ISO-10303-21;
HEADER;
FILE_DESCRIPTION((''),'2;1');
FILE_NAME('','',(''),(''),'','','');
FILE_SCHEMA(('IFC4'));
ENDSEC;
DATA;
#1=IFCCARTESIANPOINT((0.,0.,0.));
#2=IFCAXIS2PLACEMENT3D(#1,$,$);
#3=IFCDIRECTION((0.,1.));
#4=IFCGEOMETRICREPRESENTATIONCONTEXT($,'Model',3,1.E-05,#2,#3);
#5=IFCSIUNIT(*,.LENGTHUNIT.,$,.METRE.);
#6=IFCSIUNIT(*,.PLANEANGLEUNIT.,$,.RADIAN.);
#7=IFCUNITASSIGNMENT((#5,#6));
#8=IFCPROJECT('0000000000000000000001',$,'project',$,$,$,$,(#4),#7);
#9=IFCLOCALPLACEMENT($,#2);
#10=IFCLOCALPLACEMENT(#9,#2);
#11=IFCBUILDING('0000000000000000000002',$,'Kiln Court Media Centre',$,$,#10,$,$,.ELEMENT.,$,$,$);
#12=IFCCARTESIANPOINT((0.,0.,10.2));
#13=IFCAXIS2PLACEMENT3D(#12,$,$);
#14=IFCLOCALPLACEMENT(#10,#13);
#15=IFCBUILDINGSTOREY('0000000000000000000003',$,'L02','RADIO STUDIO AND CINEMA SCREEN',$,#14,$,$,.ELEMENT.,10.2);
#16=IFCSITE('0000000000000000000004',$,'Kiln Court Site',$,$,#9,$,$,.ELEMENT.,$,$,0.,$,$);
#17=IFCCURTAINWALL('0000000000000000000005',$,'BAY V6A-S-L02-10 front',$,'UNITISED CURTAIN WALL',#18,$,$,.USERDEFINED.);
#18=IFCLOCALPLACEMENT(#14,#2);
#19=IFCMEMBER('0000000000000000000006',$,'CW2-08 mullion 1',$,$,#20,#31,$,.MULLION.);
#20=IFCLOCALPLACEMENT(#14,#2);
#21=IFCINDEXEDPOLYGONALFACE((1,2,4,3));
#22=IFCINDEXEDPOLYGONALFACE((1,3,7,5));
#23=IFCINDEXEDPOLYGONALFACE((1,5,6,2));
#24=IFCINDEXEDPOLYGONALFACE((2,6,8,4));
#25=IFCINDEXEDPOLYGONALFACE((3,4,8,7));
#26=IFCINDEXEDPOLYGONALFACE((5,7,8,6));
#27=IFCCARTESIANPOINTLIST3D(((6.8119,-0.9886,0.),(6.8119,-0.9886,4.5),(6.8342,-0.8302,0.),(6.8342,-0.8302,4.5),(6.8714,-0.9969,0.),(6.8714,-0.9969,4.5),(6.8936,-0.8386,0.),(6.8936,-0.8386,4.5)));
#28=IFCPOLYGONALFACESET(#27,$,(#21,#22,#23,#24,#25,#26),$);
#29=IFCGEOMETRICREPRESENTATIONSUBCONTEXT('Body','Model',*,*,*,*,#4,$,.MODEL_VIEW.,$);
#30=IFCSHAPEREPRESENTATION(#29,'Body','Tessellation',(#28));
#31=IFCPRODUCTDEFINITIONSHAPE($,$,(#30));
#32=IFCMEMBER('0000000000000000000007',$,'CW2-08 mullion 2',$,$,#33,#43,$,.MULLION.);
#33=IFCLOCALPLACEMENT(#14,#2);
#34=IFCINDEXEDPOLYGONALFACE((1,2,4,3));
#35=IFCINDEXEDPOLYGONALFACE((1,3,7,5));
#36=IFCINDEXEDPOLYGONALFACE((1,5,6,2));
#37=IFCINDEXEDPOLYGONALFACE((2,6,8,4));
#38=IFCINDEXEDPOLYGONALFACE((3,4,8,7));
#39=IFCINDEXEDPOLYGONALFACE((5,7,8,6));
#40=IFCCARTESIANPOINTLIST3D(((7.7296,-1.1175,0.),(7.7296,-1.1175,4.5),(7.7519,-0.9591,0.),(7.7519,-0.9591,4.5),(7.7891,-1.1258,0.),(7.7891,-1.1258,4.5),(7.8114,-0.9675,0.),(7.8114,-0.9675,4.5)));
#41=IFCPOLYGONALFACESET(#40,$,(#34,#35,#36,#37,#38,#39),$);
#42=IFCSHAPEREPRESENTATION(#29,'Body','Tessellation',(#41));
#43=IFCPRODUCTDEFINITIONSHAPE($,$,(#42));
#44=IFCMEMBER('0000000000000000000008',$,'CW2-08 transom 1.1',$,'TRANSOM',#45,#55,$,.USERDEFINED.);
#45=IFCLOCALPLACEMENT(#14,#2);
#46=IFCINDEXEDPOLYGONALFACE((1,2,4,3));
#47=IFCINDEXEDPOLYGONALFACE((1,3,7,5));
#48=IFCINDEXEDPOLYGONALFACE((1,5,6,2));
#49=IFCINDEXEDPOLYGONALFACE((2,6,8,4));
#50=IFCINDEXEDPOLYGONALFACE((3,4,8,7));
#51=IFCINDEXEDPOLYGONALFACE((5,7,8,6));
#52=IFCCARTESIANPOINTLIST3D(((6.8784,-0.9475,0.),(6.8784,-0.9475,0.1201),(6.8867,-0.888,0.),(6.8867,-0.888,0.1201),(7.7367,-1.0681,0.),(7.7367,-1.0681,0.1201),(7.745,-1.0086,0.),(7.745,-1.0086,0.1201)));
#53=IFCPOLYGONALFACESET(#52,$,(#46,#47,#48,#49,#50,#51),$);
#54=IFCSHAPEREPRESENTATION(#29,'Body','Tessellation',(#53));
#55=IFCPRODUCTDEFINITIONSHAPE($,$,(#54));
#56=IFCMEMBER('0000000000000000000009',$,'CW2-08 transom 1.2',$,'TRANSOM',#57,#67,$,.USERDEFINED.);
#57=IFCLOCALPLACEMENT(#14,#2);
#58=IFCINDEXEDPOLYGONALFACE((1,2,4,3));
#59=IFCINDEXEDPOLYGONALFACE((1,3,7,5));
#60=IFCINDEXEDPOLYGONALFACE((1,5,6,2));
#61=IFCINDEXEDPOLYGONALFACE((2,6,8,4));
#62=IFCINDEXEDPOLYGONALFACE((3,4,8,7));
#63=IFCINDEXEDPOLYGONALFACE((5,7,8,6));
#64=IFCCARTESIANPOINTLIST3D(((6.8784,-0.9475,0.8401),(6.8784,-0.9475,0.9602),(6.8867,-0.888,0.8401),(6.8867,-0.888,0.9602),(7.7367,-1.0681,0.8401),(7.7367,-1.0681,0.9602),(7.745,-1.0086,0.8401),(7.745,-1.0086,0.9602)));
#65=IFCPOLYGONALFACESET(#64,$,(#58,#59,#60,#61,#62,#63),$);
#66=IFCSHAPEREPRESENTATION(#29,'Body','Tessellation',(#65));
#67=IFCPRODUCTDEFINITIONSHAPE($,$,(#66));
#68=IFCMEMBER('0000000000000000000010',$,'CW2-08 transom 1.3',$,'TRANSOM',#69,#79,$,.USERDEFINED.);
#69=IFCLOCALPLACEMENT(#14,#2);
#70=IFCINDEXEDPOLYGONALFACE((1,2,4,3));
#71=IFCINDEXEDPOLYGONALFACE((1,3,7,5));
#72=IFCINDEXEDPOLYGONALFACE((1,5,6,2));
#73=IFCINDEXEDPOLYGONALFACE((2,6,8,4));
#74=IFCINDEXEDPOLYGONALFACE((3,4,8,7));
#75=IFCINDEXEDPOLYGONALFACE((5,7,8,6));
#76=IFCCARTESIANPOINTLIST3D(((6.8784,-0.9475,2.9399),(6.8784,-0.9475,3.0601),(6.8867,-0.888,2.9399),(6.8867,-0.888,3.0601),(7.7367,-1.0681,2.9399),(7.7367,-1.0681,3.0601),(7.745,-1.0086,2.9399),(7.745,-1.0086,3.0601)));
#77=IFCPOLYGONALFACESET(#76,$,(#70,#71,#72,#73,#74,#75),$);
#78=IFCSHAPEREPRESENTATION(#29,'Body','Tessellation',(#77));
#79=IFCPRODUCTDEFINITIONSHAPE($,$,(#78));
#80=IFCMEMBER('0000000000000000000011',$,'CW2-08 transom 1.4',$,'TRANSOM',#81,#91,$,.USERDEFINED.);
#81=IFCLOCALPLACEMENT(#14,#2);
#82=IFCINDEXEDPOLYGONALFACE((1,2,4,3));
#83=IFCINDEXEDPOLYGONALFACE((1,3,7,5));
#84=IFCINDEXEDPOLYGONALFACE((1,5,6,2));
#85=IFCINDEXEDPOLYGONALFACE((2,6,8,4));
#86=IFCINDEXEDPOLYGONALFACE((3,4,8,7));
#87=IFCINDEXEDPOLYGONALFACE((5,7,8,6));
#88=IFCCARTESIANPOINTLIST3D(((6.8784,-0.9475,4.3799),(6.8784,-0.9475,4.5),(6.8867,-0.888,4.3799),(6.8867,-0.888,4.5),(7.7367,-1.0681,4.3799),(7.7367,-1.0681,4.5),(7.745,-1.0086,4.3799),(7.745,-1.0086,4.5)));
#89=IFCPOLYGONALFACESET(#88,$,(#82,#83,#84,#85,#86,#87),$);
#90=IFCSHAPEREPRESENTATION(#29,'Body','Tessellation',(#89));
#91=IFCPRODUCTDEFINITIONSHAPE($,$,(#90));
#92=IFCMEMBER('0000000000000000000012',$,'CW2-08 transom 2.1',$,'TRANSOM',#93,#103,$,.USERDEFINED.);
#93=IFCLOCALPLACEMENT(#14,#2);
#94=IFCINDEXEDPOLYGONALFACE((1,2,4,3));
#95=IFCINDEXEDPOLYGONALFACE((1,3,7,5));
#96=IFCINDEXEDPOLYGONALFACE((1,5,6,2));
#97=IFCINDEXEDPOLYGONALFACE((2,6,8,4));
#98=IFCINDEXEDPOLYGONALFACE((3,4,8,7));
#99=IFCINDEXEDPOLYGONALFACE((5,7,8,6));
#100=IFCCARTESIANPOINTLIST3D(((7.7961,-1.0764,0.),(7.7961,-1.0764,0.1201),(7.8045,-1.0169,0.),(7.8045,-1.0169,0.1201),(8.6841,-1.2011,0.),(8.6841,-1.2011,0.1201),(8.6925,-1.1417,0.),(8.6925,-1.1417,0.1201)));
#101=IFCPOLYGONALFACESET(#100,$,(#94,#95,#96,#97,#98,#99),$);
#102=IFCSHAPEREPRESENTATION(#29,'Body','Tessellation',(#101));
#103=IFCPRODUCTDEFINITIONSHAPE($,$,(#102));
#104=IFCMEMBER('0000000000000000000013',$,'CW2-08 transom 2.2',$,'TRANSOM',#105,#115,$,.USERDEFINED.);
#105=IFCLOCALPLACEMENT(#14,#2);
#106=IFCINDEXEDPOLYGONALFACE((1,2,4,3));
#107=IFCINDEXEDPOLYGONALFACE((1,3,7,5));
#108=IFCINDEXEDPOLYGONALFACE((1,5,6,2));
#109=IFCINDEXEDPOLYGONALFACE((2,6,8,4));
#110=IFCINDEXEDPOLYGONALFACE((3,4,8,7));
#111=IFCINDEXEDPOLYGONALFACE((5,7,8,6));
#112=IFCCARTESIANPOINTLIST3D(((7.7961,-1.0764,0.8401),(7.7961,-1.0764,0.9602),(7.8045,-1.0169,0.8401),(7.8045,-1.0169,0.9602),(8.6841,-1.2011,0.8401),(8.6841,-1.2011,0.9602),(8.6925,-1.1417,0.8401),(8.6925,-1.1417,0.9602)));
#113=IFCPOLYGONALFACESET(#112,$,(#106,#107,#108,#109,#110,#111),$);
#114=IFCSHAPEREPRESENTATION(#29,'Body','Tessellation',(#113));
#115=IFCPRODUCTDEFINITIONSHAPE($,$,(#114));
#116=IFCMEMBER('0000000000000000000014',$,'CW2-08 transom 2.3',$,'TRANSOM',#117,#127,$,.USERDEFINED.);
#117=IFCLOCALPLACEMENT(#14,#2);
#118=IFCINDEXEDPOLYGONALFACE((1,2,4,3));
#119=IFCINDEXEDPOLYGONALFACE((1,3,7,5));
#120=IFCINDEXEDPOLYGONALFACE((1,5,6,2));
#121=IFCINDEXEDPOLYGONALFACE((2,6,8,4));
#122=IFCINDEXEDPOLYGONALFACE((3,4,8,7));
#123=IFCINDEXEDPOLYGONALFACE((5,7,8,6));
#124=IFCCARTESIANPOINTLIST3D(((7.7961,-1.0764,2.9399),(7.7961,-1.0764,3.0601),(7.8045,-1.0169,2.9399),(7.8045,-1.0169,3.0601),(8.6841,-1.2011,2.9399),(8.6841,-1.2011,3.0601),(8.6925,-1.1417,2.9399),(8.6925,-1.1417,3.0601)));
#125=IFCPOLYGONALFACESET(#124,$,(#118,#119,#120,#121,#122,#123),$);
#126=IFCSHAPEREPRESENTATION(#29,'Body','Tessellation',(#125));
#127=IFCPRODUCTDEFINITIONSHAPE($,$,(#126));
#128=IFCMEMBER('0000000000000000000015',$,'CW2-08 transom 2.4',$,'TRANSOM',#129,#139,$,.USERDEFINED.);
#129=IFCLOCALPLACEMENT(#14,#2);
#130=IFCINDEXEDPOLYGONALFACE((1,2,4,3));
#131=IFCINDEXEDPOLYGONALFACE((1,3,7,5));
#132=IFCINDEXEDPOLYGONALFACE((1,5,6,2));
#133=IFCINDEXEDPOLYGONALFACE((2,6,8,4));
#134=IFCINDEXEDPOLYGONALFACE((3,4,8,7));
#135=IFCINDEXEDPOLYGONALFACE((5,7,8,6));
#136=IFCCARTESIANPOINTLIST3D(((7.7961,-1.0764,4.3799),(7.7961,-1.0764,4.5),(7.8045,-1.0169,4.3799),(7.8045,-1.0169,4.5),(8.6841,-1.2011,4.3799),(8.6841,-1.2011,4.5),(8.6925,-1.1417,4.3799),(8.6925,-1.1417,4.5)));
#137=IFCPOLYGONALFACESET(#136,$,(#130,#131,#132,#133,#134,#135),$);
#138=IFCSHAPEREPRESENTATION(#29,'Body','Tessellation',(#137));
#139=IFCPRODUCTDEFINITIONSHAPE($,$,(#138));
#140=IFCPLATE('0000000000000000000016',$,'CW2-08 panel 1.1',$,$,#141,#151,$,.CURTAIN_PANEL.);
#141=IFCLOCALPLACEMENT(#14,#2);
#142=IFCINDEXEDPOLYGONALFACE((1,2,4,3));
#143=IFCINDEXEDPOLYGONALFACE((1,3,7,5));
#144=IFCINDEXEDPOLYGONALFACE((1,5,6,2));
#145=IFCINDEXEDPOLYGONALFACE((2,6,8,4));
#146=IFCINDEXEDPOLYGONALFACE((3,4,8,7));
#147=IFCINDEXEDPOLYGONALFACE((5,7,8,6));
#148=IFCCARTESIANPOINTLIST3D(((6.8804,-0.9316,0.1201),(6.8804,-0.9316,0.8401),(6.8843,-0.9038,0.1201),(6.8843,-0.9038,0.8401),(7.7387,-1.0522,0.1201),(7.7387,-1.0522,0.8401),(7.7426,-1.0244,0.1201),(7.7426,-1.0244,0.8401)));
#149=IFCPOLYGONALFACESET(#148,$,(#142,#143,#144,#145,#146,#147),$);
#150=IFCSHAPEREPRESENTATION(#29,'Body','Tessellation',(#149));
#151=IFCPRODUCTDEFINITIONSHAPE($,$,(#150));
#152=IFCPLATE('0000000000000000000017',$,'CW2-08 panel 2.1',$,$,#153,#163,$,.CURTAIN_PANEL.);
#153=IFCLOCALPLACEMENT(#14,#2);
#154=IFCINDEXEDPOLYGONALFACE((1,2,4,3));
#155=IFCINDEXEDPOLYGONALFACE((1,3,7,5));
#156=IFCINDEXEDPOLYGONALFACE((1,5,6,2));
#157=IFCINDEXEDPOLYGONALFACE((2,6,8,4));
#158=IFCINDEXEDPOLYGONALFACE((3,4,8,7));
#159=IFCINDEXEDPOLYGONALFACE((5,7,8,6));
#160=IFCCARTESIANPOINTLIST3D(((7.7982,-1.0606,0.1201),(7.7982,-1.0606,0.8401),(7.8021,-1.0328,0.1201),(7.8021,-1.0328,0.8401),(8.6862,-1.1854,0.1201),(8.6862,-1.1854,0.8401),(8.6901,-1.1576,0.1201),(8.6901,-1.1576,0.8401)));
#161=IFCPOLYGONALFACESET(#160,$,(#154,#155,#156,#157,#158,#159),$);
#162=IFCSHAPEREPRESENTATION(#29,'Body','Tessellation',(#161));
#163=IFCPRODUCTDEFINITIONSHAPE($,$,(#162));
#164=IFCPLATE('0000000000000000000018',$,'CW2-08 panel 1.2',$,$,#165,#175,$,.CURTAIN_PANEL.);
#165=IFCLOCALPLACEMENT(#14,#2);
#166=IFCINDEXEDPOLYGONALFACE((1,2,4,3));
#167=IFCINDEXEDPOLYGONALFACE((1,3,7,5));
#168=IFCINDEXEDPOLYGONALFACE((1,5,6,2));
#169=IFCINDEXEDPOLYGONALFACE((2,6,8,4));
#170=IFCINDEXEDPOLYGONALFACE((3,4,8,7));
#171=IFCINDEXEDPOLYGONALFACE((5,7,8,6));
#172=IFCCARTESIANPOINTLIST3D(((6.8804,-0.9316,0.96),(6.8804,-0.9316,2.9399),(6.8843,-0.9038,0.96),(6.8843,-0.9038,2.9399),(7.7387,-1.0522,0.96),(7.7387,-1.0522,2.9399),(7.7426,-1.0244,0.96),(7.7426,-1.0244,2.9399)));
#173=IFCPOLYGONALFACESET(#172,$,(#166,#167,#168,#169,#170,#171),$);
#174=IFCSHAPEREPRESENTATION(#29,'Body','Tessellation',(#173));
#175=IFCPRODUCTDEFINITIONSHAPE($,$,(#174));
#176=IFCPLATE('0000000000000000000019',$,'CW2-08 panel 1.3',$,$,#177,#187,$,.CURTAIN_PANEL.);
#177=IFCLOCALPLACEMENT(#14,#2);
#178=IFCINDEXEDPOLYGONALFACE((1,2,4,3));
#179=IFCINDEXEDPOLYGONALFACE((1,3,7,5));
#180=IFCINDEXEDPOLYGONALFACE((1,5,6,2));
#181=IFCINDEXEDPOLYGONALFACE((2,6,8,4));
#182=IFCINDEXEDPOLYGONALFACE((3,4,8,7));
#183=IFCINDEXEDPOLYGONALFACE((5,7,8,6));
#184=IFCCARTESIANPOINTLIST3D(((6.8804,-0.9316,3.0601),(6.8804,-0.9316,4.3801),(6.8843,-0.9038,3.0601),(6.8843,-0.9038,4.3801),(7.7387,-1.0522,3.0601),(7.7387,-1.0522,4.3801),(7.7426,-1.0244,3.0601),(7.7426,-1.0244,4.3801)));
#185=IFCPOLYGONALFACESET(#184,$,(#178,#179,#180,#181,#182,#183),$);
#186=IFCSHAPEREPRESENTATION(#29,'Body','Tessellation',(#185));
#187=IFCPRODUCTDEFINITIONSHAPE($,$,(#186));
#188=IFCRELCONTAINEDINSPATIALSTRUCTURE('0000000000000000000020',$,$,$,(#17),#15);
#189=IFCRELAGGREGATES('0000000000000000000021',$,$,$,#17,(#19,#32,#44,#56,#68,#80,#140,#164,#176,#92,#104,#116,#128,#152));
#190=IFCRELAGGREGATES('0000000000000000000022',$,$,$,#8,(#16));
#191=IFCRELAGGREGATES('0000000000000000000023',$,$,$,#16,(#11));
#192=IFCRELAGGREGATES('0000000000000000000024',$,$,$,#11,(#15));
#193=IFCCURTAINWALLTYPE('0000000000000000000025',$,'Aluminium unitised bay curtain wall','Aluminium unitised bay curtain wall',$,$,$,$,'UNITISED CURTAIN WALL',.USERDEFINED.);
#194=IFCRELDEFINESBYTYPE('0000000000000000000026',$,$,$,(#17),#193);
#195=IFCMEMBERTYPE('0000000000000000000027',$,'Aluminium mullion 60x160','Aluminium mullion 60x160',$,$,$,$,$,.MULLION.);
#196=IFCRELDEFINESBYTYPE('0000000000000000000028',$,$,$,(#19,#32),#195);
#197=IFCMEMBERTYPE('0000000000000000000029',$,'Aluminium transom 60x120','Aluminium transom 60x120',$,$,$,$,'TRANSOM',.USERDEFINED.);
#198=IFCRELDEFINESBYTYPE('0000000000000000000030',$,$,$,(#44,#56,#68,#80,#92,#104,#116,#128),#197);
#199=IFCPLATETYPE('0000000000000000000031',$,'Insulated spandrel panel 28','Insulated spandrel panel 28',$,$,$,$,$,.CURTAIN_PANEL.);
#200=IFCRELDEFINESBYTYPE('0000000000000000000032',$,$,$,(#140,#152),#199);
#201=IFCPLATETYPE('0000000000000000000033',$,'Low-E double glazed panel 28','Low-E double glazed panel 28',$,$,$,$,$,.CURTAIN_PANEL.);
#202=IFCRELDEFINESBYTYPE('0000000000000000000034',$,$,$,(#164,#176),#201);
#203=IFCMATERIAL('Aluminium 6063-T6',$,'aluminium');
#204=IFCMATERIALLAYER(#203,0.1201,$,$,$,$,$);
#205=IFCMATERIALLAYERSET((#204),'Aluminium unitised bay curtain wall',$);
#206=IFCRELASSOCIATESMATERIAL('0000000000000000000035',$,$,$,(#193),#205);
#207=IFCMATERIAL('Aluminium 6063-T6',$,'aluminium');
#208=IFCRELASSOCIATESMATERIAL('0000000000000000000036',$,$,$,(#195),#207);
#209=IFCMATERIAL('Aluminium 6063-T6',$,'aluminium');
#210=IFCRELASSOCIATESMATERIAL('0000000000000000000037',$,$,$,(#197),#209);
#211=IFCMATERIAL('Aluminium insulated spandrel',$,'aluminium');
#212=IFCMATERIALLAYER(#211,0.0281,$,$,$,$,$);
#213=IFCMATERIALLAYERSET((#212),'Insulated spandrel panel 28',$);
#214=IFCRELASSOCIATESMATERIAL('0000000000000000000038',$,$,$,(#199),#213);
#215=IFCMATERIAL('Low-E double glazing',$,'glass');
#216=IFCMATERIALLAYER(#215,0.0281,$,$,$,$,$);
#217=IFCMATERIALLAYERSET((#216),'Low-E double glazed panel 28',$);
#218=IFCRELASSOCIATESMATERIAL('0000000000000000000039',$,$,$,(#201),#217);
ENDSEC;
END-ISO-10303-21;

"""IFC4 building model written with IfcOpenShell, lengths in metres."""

from ifc_helpers import new_model, si_unit, direction, frame, origin, origin_2d, place, context, subcontext, project, spatial, rectangle, extrude, material, layer, layer_set, material_profile, profile_set, type_object, element, aggregate, save


model = new_model("IFC4")

# Units and contexts
model_context = context("Model", 3, precision=1e-05, world=origin(), true_north=direction((0.0, 1.0)))
body_context = subcontext(model_context, "Body", "Model", "MODEL_VIEW")
ifc_project = project(units=[si_unit("LENGTHUNIT", "METRE"), si_unit("PLANEANGLEUNIT", "RADIAN")], contexts=[model_context])

# Site, building, storey
site_placement = place(None, origin())
site = spatial("IfcSite", under=ifc_project, at=site_placement, Name="Kiln Court Site", CompositionType="ELEMENT", RefElevation=0.0)
building_placement = place(site_placement, origin())
building = spatial("IfcBuilding", under=site, at=building_placement, Name="Kiln Court Media Centre", CompositionType="ELEMENT")
storey_placement = place(building_placement, frame((0.0, 0.0, 10.2)))
storey = spatial("IfcBuildingStorey", under=building, at=storey_placement, Name="L02", Description="RADIO STUDIO AND CINEMA SCREEN", CompositionType="ELEMENT", Elevation=10.2)

# Curtain wall, members, plates
ifc_material_1 = material(Name="Aluminium 6063-T6", Category="aluminium")
ifc_layer_1 = layer(ifc_material_1, 0.1201)
ifc_layer_set_1 = layer_set([ifc_layer_1], Name="Aluminium unitised bay curtain wall")
curtain_wall_type = type_object("IfcCurtainWallType", Name="Aluminium unitised bay curtain wall", Description="Aluminium unitised bay curtain wall", ElementType="UNITISED CURTAIN WALL", PredefinedType="USERDEFINED", material=ifc_layer_set_1)
curtain_wall_placement = place(storey_placement, origin())
curtain_wall = element("IfcCurtainWall", 1, at=curtain_wall_placement, inside=storey, type_object=curtain_wall_type, Name="BAY V6A-S-L02-10 front", ObjectType="UNITISED CURTAIN WALL", PredefinedType="USERDEFINED")
ifc_material_2 = material(Name="Aluminium 6063-T6", Category="aluminium")
ifc_material_profile_1 = material_profile(ifc_material_2, rectangle(XDim=0.0601, YDim=0.1599, at=origin_2d()), Name="Aluminium mullion 60x160")
ifc_profile_set_1 = profile_set([ifc_material_profile_1], Name="Aluminium 6063-T6")
member_type_1 = type_object("IfcMemberType", Name="Aluminium mullion 60x160", Description="Aluminium mullion 60x160", PredefinedType="MULLION", material=ifc_profile_set_1)
member_1_placement = place(storey_placement, frame((6.8528, -0.9136, 0.0), z_axis=(0.0, 0.0, 1.0), x_axis=(0.99027, -0.139162, 0.0)))
member_1 = element("IfcMember", 2, at=member_1_placement, type_object=member_type_1, Name="CW2-08 mullion 1", PredefinedType="MULLION", context=body_context, shape_type="SweptSolid", body=[
    extrude(rectangle(XDim=0.0601, YDim=0.1599, at=origin_2d()), origin(), (0.0, 0.0, 1.0), 4.5),
])
member_2_placement = place(storey_placement, frame((7.7705, -1.0425, 0.0), z_axis=(0.0, 0.0, 1.0), x_axis=(0.99027, -0.139162, 0.0)))
member_2 = element("IfcMember", 3, at=member_2_placement, type_object=member_type_1, Name="CW2-08 mullion 2", PredefinedType="MULLION", context=body_context, shape_type="SweptSolid", body=[
    extrude(rectangle(XDim=0.0601, YDim=0.1599, at=origin_2d()), origin(), (0.0, 0.0, 1.0), 4.5),
])
ifc_material_3 = material(Name="Aluminium 6063-T6", Category="aluminium")
ifc_material_profile_2 = material_profile(ifc_material_3, rectangle(XDim=0.0601, YDim=0.1201, at=origin_2d()), Name="Aluminium transom 60x120")
ifc_profile_set_2 = profile_set([ifc_material_profile_2], Name="Aluminium 6063-T6")
member_type_2 = type_object("IfcMemberType", Name="Aluminium transom 60x120", Description="Aluminium transom 60x120", ElementType="TRANSOM", PredefinedType="USERDEFINED", material=ifc_profile_set_2)
member_3_placement = place(storey_placement, frame((6.8826, -0.9177, 0.0601), z_axis=(0.990268, -0.139173, 0.0), x_axis=(0.139173, 0.990268, 0.0)))
member_3 = element("IfcMember", 4, at=member_3_placement, type_object=member_type_2, Name="CW2-08 transom 1.1", ObjectType="TRANSOM", PredefinedType="USERDEFINED", context=body_context, shape_type="SweptSolid", body=[
    extrude(rectangle(XDim=0.0601, YDim=0.1201, at=origin_2d()), origin(), (0.0, 0.0, 1.0), 0.8667),
])
member_4_placement = place(storey_placement, frame((6.8826, -0.9177, 0.9001), z_axis=(0.990268, -0.139173, 0.0), x_axis=(0.139173, 0.990268, 0.0)))
member_4 = element("IfcMember", 5, at=member_4_placement, type_object=member_type_2, Name="CW2-08 transom 1.2", ObjectType="TRANSOM", PredefinedType="USERDEFINED", context=body_context, shape_type="SweptSolid", body=[
    extrude(rectangle(XDim=0.0601, YDim=0.1201, at=origin_2d()), origin(), (0.0, 0.0, 1.0), 0.8667),
])
member_5_placement = place(storey_placement, frame((6.8826, -0.9177, 3.0), z_axis=(0.990268, -0.139173, 0.0), x_axis=(0.139173, 0.990268, 0.0)))
member_5 = element("IfcMember", 6, at=member_5_placement, type_object=member_type_2, Name="CW2-08 transom 1.3", ObjectType="TRANSOM", PredefinedType="USERDEFINED", context=body_context, shape_type="SweptSolid", body=[
    extrude(rectangle(XDim=0.0601, YDim=0.1201, at=origin_2d()), origin(), (0.0, 0.0, 1.0), 0.8667),
])
member_6_placement = place(storey_placement, frame((6.8826, -0.9177, 4.4399), z_axis=(0.990268, -0.139173, 0.0), x_axis=(0.139173, 0.990268, 0.0)))
member_6 = element("IfcMember", 7, at=member_6_placement, type_object=member_type_2, Name="CW2-08 transom 1.4", ObjectType="TRANSOM", PredefinedType="USERDEFINED", context=body_context, shape_type="SweptSolid", body=[
    extrude(rectangle(XDim=0.0601, YDim=0.1201, at=origin_2d()), origin(), (0.0, 0.0, 1.0), 0.8667),
])
member_7_placement = place(storey_placement, frame((7.8003, -1.0466, 0.0601), z_axis=(0.990274, -0.139134, 0.0), x_axis=(0.139134, 0.990274, 0.0)))
member_7 = element("IfcMember", 8, at=member_7_placement, type_object=member_type_2, Name="CW2-08 transom 2.1", ObjectType="TRANSOM", PredefinedType="USERDEFINED", context=body_context, shape_type="SweptSolid", body=[
    extrude(rectangle(XDim=0.0601, YDim=0.1201, at=origin_2d()), origin(), (0.0, 0.0, 1.0), 0.8967),
])
member_8_placement = place(storey_placement, frame((7.8003, -1.0466, 0.9001), z_axis=(0.990274, -0.139134, 0.0), x_axis=(0.139134, 0.990274, 0.0)))
member_8 = element("IfcMember", 9, at=member_8_placement, type_object=member_type_2, Name="CW2-08 transom 2.2", ObjectType="TRANSOM", PredefinedType="USERDEFINED", context=body_context, shape_type="SweptSolid", body=[
    extrude(rectangle(XDim=0.0601, YDim=0.1201, at=origin_2d()), origin(), (0.0, 0.0, 1.0), 0.8967),
])
member_9_placement = place(storey_placement, frame((7.8003, -1.0466, 3.0), z_axis=(0.990274, -0.139134, 0.0), x_axis=(0.139134, 0.990274, 0.0)))
member_9 = element("IfcMember", 10, at=member_9_placement, type_object=member_type_2, Name="CW2-08 transom 2.3", ObjectType="TRANSOM", PredefinedType="USERDEFINED", context=body_context, shape_type="SweptSolid", body=[
    extrude(rectangle(XDim=0.0601, YDim=0.1201, at=origin_2d()), origin(), (0.0, 0.0, 1.0), 0.8967),
])
member_10_placement = place(storey_placement, frame((7.8003, -1.0466, 4.4399), z_axis=(0.990274, -0.139134, 0.0), x_axis=(0.139134, 0.990274, 0.0)))
member_10 = element("IfcMember", 11, at=member_10_placement, type_object=member_type_2, Name="CW2-08 transom 2.4", ObjectType="TRANSOM", PredefinedType="USERDEFINED", context=body_context, shape_type="SweptSolid", body=[
    extrude(rectangle(XDim=0.0601, YDim=0.1201, at=origin_2d()), origin(), (0.0, 0.0, 1.0), 0.8967),
])
ifc_material_4 = material(Name="Aluminium insulated spandrel", Category="aluminium")
ifc_layer_2 = layer(ifc_material_4, 0.0281)
ifc_layer_set_2 = layer_set([ifc_layer_2], Name="Insulated spandrel panel 28")
plate_type_1 = type_object("IfcPlateType", Name="Insulated spandrel panel 28", Description="Insulated spandrel panel 28", PredefinedType="CURTAIN_PANEL", material=ifc_layer_set_2)
plate_1_placement = place(storey_placement, frame((7.3115, -0.978, 0.1201), z_axis=(0.0, 0.0, 1.0), x_axis=(0.99027, -0.139162, 0.0)))
plate_1 = element("IfcPlate", 12, at=plate_1_placement, type_object=plate_type_1, Name="CW2-08 panel 1.1", PredefinedType="CURTAIN_PANEL", context=body_context, shape_type="SweptSolid", body=[
    extrude(rectangle(XDim=0.8667, YDim=0.0281, at=origin_2d()), origin(), (0.0, 0.0, 1.0), 0.72),
])
plate_2_placement = place(storey_placement, frame((8.2441, -1.1091, 0.1201), z_axis=(0.0, 0.0, 1.0), x_axis=(0.99027, -0.139162, 0.0)))
plate_2 = element("IfcPlate", 13, at=plate_2_placement, type_object=plate_type_1, Name="CW2-08 panel 2.1", PredefinedType="CURTAIN_PANEL", context=body_context, shape_type="SweptSolid", body=[
    extrude(rectangle(XDim=0.8967, YDim=0.0281, at=origin_2d()), origin(), (0.0, 0.0, 1.0), 0.72),
])
ifc_material_5 = material(Name="Low-E double glazing", Category="glass")
ifc_layer_3 = layer(ifc_material_5, 0.0281)
ifc_layer_set_3 = layer_set([ifc_layer_3], Name="Low-E double glazed panel 28")
plate_type_2 = type_object("IfcPlateType", Name="Low-E double glazed panel 28", Description="Low-E double glazed panel 28", PredefinedType="CURTAIN_PANEL", material=ifc_layer_set_3)
plate_3_placement = place(storey_placement, frame((7.3115, -0.978, 0.96), z_axis=(0.0, 0.0, 1.0), x_axis=(0.99027, -0.139162, 0.0)))
plate_3 = element("IfcPlate", 14, at=plate_3_placement, type_object=plate_type_2, Name="CW2-08 panel 1.2", PredefinedType="CURTAIN_PANEL", context=body_context, shape_type="SweptSolid", body=[
    extrude(rectangle(XDim=0.8667, YDim=0.0281, at=origin_2d()), origin(), (0.0, 0.0, 1.0), 1.98),
])
plate_4_placement = place(storey_placement, frame((7.3115, -0.978, 3.0601), z_axis=(0.0, 0.0, 1.0), x_axis=(0.99027, -0.139162, 0.0)))
plate_4 = element("IfcPlate", 15, at=plate_4_placement, type_object=plate_type_2, Name="CW2-08 panel 1.3", PredefinedType="CURTAIN_PANEL", context=body_context, shape_type="SweptSolid", body=[
    extrude(rectangle(XDim=0.8667, YDim=0.0281, at=origin_2d()), origin(), (0.0, 0.0, 1.0), 1.3201),
])
aggregate(curtain_wall, [member_1, member_2, member_3, member_4, member_5, member_6, plate_1, plate_3, plate_4, member_7, member_8, member_9, member_10, plate_2])

save(model, "model.ifc")
